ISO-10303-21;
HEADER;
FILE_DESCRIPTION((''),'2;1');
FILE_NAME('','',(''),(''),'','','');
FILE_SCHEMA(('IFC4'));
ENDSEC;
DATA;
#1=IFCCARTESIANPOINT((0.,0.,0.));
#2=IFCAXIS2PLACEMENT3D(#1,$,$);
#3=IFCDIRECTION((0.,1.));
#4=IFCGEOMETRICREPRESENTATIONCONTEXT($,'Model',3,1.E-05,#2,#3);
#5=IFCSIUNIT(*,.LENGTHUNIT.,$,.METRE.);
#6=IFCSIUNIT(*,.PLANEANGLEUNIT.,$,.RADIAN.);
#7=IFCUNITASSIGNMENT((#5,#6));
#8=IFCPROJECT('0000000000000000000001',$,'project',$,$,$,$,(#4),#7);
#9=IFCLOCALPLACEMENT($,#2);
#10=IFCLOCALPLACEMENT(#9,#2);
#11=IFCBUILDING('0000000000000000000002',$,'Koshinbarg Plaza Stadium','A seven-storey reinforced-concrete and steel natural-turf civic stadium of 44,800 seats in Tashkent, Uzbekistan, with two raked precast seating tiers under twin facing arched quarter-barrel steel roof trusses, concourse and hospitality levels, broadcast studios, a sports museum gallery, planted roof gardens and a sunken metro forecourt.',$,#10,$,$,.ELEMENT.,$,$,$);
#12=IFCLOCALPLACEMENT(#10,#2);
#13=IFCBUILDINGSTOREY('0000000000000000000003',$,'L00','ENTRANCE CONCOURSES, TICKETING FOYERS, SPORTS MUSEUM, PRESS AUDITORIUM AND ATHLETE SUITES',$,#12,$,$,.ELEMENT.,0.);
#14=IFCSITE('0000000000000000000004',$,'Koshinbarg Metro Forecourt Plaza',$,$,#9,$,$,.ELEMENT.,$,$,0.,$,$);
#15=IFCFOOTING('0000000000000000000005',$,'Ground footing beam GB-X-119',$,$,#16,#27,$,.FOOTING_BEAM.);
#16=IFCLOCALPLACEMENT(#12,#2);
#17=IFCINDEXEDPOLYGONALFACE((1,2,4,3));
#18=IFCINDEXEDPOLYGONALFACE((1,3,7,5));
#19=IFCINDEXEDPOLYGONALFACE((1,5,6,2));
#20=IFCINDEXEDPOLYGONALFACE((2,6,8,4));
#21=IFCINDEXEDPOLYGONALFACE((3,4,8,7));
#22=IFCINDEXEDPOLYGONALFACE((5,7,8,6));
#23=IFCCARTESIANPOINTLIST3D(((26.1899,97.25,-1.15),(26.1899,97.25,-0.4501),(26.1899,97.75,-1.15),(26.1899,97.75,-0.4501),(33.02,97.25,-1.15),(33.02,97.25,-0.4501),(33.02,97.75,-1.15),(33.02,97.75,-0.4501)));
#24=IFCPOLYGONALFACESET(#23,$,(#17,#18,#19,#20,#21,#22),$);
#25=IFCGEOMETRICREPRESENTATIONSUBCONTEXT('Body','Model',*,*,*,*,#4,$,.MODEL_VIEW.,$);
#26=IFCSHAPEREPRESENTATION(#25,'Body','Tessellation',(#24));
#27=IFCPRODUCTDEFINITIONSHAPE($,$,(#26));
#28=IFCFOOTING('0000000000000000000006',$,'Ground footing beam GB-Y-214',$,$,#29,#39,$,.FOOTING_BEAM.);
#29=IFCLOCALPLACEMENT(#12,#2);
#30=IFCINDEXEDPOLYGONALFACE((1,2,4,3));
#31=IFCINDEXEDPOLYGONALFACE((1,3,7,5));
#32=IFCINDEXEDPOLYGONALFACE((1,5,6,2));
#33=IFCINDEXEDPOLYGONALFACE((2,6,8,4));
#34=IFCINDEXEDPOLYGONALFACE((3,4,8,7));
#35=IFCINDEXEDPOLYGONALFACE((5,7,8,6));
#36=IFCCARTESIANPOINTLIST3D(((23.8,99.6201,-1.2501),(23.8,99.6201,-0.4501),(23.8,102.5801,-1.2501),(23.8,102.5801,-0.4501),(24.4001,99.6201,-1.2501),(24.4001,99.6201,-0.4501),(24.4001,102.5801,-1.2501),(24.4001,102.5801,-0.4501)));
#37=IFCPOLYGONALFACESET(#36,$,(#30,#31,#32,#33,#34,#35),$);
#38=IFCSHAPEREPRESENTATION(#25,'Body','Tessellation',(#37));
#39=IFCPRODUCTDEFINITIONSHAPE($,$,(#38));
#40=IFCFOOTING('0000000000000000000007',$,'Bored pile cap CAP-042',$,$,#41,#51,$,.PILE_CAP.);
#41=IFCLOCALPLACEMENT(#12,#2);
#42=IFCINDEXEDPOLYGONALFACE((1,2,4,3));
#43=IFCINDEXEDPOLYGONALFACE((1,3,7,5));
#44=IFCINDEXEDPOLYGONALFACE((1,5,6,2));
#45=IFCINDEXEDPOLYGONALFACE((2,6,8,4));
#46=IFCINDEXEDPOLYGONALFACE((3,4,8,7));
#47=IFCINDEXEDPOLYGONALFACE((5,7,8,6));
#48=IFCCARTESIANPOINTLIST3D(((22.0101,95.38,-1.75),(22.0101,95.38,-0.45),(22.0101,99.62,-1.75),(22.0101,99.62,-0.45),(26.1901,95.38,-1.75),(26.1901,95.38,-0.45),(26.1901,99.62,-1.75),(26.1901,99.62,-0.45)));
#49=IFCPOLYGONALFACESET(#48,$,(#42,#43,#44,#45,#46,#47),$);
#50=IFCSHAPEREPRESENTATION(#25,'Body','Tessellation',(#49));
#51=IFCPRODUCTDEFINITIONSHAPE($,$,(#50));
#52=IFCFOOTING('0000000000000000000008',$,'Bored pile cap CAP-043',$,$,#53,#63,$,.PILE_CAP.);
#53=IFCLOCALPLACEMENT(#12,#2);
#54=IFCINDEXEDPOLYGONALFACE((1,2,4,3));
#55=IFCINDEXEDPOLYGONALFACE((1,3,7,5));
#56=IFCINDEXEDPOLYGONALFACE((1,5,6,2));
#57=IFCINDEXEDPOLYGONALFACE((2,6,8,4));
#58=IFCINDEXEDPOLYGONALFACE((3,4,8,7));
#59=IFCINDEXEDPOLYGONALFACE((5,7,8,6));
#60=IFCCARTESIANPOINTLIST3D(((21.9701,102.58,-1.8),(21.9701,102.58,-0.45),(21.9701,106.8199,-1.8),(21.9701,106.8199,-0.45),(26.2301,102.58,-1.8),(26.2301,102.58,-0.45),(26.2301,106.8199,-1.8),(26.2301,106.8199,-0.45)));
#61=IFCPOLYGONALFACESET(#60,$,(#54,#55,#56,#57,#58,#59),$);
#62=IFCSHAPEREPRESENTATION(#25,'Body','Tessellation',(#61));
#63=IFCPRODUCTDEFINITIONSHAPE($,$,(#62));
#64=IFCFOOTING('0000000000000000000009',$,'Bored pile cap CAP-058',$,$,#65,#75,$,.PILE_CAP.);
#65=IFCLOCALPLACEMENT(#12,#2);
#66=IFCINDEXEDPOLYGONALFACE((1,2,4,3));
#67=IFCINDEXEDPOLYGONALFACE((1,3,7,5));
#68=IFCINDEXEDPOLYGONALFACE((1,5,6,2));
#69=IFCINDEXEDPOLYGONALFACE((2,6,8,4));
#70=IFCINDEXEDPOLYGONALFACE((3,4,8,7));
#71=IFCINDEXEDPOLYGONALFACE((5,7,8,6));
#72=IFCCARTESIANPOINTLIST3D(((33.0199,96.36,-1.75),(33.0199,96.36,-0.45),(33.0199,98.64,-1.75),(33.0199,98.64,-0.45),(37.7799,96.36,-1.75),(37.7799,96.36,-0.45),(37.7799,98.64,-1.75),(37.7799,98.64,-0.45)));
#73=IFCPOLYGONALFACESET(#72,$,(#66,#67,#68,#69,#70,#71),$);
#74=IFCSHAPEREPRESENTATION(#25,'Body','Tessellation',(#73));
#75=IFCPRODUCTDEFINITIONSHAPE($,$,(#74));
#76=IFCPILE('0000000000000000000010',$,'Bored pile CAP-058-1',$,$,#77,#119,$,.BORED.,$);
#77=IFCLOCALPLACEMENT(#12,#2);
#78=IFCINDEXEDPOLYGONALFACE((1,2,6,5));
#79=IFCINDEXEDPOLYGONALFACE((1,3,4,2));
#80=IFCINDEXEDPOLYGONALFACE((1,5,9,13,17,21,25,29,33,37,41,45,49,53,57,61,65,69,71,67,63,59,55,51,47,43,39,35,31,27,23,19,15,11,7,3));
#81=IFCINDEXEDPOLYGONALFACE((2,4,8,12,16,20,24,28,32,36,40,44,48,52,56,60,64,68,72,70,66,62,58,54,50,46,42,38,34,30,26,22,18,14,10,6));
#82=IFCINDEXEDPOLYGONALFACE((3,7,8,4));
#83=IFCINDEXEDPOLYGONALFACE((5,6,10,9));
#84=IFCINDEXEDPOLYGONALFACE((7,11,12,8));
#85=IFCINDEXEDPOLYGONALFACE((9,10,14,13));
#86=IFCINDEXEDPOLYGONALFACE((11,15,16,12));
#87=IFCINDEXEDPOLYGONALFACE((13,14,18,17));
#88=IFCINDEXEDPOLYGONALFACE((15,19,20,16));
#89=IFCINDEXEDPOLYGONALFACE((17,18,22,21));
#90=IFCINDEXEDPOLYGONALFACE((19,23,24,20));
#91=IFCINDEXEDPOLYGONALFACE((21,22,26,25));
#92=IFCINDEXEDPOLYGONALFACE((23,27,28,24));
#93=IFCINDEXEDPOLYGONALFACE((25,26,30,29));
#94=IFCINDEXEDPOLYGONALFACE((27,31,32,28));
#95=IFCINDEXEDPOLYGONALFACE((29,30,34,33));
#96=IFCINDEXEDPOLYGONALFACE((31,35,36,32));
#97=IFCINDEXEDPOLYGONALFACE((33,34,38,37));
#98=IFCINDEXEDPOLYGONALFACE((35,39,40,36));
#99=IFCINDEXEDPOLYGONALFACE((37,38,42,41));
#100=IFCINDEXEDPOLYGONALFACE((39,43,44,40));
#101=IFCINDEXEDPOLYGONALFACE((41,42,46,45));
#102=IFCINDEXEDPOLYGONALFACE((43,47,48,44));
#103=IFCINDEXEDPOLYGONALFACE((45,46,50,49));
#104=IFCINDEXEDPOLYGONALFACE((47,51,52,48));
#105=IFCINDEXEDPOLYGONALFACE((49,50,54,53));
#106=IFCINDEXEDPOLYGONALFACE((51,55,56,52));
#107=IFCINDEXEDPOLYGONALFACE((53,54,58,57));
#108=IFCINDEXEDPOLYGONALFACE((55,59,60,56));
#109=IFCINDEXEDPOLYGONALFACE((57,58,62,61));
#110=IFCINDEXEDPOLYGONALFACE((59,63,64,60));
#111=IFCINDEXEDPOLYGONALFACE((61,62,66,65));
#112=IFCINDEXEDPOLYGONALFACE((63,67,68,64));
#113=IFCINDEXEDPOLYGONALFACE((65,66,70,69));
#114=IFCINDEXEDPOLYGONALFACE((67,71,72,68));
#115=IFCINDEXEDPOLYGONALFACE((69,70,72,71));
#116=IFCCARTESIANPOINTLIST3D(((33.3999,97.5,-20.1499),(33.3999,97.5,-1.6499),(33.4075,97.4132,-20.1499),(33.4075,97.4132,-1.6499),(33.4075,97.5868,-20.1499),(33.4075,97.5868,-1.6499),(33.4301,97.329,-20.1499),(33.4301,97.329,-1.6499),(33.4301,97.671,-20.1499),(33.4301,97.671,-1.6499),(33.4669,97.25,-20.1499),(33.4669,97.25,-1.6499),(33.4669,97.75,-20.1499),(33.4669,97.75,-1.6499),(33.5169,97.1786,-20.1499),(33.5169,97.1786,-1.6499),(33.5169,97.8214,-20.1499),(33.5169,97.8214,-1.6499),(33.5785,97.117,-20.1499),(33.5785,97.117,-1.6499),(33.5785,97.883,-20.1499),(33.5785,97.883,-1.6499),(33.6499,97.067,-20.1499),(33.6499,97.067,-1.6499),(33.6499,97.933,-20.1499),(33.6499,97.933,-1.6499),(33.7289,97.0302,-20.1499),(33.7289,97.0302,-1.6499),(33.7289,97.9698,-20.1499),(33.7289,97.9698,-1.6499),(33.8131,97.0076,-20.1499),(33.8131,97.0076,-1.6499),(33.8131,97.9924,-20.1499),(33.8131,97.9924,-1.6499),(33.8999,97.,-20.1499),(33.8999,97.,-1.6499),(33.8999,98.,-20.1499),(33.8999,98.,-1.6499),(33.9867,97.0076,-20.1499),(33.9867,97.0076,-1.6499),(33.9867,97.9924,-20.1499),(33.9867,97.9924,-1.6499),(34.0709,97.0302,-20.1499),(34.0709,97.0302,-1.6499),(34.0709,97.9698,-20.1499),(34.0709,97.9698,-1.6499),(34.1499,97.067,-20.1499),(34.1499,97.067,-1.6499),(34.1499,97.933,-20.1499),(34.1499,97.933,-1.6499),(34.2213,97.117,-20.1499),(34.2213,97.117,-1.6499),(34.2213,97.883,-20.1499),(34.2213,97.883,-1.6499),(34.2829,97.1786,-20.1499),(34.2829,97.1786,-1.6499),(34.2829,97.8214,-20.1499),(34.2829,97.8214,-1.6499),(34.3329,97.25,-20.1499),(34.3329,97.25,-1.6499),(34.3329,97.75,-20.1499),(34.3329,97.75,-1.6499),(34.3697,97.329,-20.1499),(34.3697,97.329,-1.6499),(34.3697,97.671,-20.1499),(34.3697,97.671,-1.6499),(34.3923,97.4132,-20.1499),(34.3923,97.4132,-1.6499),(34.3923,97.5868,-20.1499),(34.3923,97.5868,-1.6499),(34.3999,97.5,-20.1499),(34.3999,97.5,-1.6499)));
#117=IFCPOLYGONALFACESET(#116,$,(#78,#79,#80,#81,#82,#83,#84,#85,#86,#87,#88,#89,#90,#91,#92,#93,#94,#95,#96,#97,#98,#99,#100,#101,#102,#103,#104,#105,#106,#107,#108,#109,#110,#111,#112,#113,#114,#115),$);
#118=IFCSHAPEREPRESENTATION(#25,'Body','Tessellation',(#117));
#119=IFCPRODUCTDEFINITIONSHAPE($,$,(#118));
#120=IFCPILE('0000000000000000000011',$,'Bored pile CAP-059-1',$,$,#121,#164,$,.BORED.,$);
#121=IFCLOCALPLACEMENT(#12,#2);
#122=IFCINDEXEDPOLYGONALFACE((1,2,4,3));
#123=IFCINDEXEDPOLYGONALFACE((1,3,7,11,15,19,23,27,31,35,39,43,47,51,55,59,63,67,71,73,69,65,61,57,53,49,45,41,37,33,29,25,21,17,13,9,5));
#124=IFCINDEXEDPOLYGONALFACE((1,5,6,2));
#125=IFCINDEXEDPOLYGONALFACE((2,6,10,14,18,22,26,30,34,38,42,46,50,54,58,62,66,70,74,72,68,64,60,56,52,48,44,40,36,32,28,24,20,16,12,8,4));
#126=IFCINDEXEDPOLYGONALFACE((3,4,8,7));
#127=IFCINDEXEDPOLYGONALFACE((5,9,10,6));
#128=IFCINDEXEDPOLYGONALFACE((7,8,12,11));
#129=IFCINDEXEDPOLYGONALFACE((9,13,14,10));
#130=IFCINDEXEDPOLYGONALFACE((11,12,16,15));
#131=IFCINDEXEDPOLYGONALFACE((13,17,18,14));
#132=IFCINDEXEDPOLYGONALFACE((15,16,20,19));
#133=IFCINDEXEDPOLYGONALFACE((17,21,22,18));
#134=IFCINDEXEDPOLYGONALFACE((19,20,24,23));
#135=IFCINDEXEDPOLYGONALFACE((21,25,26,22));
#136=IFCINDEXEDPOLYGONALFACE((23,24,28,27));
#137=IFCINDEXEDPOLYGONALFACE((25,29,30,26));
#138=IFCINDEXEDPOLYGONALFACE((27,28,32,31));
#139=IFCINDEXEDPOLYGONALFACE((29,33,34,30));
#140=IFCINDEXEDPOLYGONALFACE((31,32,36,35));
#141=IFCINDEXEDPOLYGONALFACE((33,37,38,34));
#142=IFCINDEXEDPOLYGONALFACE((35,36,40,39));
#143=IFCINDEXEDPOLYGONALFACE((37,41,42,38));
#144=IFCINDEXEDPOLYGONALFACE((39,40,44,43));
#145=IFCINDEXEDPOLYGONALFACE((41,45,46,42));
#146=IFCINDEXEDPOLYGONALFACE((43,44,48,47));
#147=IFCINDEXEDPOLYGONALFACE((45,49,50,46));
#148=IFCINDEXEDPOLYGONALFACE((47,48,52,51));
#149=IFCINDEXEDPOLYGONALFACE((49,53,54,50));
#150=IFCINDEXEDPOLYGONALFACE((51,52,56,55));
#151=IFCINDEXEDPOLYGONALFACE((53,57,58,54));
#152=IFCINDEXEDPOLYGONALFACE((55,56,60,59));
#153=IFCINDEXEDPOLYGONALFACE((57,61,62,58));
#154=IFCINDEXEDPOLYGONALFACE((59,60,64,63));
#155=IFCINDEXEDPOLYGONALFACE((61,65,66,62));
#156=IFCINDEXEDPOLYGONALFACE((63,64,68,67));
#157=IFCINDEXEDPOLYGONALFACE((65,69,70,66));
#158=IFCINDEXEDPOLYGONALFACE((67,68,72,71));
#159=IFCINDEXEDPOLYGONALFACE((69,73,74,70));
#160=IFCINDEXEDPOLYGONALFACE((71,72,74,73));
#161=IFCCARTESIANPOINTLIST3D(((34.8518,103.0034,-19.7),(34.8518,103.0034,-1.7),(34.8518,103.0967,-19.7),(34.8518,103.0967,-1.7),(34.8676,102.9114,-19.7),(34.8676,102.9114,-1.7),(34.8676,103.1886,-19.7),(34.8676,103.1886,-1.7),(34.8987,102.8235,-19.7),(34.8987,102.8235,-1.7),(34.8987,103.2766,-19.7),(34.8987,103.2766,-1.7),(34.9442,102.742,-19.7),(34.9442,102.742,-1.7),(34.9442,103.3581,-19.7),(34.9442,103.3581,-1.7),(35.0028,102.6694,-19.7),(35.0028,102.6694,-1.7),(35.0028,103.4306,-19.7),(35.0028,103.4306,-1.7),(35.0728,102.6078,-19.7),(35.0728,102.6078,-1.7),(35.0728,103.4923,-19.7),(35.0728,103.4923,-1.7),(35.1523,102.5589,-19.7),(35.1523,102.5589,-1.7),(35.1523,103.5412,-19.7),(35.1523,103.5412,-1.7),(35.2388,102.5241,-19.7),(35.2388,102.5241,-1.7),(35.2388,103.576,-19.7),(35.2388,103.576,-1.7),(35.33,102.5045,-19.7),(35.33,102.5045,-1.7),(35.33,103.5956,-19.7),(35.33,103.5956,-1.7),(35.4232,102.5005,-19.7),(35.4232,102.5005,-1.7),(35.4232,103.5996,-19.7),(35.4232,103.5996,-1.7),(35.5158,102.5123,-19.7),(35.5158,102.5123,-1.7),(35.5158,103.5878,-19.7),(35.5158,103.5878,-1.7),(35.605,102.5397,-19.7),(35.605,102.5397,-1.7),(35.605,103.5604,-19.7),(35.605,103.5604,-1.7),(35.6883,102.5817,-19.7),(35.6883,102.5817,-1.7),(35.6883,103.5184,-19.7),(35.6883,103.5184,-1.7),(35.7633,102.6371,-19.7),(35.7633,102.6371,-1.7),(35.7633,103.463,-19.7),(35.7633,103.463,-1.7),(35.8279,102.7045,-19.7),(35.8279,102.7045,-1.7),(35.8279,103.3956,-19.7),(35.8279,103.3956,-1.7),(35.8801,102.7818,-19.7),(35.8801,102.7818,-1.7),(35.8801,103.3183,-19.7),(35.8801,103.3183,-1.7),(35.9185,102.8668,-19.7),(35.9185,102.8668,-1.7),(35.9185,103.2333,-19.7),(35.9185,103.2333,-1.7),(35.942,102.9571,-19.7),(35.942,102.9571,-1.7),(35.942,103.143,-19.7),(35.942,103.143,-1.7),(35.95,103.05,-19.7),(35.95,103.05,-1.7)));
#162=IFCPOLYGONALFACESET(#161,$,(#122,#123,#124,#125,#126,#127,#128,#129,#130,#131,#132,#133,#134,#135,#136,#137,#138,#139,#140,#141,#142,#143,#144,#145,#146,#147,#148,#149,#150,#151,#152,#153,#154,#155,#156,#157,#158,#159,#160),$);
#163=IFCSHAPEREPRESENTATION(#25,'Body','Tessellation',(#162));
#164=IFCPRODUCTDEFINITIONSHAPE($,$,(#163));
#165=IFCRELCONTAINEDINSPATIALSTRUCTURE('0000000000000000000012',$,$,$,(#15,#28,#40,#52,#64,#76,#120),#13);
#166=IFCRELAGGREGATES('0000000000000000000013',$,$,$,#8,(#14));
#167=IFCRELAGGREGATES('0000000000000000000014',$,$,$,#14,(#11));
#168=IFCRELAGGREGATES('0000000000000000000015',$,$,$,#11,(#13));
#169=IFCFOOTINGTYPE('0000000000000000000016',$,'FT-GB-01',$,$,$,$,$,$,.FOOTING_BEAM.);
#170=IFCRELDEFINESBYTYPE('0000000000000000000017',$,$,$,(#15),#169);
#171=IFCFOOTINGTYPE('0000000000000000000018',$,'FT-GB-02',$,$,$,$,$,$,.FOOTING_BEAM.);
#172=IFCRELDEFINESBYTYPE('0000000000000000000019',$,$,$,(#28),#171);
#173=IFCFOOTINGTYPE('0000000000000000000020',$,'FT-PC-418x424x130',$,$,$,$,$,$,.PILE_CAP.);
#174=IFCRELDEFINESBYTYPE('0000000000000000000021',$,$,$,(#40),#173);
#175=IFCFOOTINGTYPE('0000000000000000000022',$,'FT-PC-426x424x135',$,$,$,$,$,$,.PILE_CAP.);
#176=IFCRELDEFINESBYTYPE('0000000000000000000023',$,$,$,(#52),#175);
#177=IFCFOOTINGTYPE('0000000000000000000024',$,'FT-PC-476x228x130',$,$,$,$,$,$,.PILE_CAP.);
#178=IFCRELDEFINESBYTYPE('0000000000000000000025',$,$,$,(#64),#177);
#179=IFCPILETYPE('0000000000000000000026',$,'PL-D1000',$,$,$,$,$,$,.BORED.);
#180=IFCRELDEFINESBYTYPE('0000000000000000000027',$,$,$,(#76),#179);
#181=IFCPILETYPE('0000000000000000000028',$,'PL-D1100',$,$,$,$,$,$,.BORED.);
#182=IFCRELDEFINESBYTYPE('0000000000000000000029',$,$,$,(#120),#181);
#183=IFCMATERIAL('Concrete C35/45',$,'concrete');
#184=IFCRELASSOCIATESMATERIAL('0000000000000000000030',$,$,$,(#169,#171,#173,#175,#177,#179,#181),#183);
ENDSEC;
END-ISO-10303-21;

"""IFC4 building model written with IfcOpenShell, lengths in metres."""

from ifc_helpers import new_model, si_unit, direction, frame, origin, origin_2d, place, context, subcontext, project, spatial, rectangle, circle, extrude, material, material_profile, profile_set, type_object, element, save


model = new_model("IFC4")

# Units and contexts
model_context = context("Model", 3, precision=1e-05, world=origin(), true_north=direction((0.0, 1.0)))
body_context = subcontext(model_context, "Body", "Model", "MODEL_VIEW")
ifc_project = project(units=[si_unit("LENGTHUNIT", "METRE"), si_unit("PLANEANGLEUNIT", "RADIAN")], contexts=[model_context])

# Site, building, storey
site_placement = place(None, origin())
site = spatial("IfcSite", under=ifc_project, at=site_placement, Name="Koshinbarg Metro Forecourt Plaza", CompositionType="ELEMENT", RefElevation=0.0)
building_placement = place(site_placement, origin())
building = spatial("IfcBuilding", under=site, at=building_placement, Name="Koshinbarg Plaza Stadium", Description="A seven-storey reinforced-concrete and steel natural-turf civic stadium of 44,800 seats in Tashkent, Uzbekistan, with two raked precast seating tiers under twin facing arched quarter-barrel steel roof trusses, concourse and hospitality levels, broadcast studios, a sports museum gallery, planted roof gardens and a sunken metro forecourt.", CompositionType="ELEMENT")
storey_placement = place(building_placement, origin())
storey = spatial("IfcBuildingStorey", under=building, at=storey_placement, Name="L00", Description="ENTRANCE CONCOURSES, TICKETING FOYERS, SPORTS MUSEUM, PRESS AUDITORIUM AND ATHLETE SUITES", CompositionType="ELEMENT", Elevation=0.0)

# Footings
ifc_material_1 = material(Name="Concrete C35/45", Category="concrete")
ifc_material_profile_1 = material_profile(ifc_material_1, rectangle(XDim=0.5, YDim=0.7, at=origin_2d()), Name="GB 500x700")
ifc_profile_set_1 = profile_set([ifc_material_profile_1], Name="Concrete C35/45")
footing_type_1 = type_object("IfcFootingType", Name="FT-GB-01", PredefinedType="FOOTING_BEAM", material=ifc_profile_set_1)
footing_1_placement = place(storey_placement, frame((26.1899, 97.5, -0.8), z_axis=(1.0, 0.0, 0.0), x_axis=(0.0, 1.0, 0.0)))
element("IfcFooting", 1, at=footing_1_placement, inside=storey, type_object=footing_type_1, Name="Ground footing beam GB-X-119", PredefinedType="FOOTING_BEAM", context=body_context, shape_type="SweptSolid", body=[
    extrude(rectangle(XDim=0.5, YDim=0.7, at=origin_2d()), origin(), (0.0, 0.0, 1.0), 6.8301),
])
ifc_material_profile_2 = material_profile(ifc_material_1, rectangle(XDim=0.6001, YDim=0.8, at=origin_2d()), Name="GB 600x800")
ifc_profile_set_2 = profile_set([ifc_material_profile_2], Name="Concrete C35/45")
footing_type_2 = type_object("IfcFootingType", Name="FT-GB-02", PredefinedType="FOOTING_BEAM", material=ifc_profile_set_2)
footing_2_placement = place(storey_placement, frame((24.1001, 99.6201, -0.8501), z_axis=(0.0, 1.0, 0.0), x_axis=(-1.0, 0.0, 0.0)))
element("IfcFooting", 2, at=footing_2_placement, inside=storey, type_object=footing_type_2, Name="Ground footing beam GB-Y-214", PredefinedType="FOOTING_BEAM", context=body_context, shape_type="SweptSolid", body=[
    extrude(rectangle(XDim=0.6001, YDim=0.8, at=origin_2d()), origin(), (0.0, 0.0, 1.0), 2.96),
])
footing_type_3 = type_object("IfcFootingType", Name="FT-PC-418x424x130", PredefinedType="PILE_CAP", material=ifc_material_1)
footing_3_placement = place(storey_placement, frame((24.1001, 97.5, -1.75), z_axis=(0.0, 0.0, 1.0), x_axis=(1.0, 0.0, 0.0)))
element("IfcFooting", 3, at=footing_3_placement, inside=storey, type_object=footing_type_3, Name="Bored pile cap CAP-042", PredefinedType="PILE_CAP", context=body_context, shape_type="SweptSolid", body=[
    extrude(rectangle(XDim=4.1799, YDim=4.24, at=origin_2d()), origin(), (0.0, 0.0, 1.0), 1.3),
])
footing_type_4 = type_object("IfcFootingType", Name="FT-PC-426x424x135", PredefinedType="PILE_CAP", material=ifc_material_1)
footing_4_placement = place(storey_placement, frame((24.1001, 104.7, -1.8), z_axis=(0.0, 0.0, 1.0), x_axis=(1.0, 0.0, 0.0)))
element("IfcFooting", 4, at=footing_4_placement, inside=storey, type_object=footing_type_4, Name="Bored pile cap CAP-043", PredefinedType="PILE_CAP", context=body_context, shape_type="SweptSolid", body=[
    extrude(rectangle(XDim=4.26, YDim=4.24, at=origin_2d()), origin(), (0.0, 0.0, 1.0), 1.3501),
])
footing_type_5 = type_object("IfcFootingType", Name="FT-PC-476x228x130", PredefinedType="PILE_CAP", material=ifc_material_1)
footing_5_placement = place(storey_placement, frame((35.3999, 97.5, -1.75), z_axis=(0.0, 0.0, 1.0), x_axis=(1.0, 0.0, 0.0)))
element("IfcFooting", 5, at=footing_5_placement, inside=storey, type_object=footing_type_5, Name="Bored pile cap CAP-058", PredefinedType="PILE_CAP", context=body_context, shape_type="SweptSolid", body=[
    extrude(rectangle(XDim=4.76, YDim=2.28, at=origin_2d()), origin(), (0.0, 0.0, 1.0), 1.3),
])

# Piles
ifc_material_profile_3 = material_profile(ifc_material_1, circle(Radius=0.5, at=origin_2d()), Name="PILE D1000")
ifc_profile_set_3 = profile_set([ifc_material_profile_3], Name="Concrete C35/45")
pile_type_1 = type_object("IfcPileType", Name="PL-D1000", PredefinedType="BORED", material=ifc_profile_set_3)
pile_1_placement = place(storey_placement, frame((33.8999, 97.5, -1.6499), z_axis=(0.0, 0.0, -1.0), x_axis=(1.0, 0.0, 0.0)))
element("IfcPile", 6, at=pile_1_placement, inside=storey, type_object=pile_type_1, Name="Bored pile CAP-058-1", PredefinedType="BORED", context=body_context, shape_type="SweptSolid", body=[
    extrude(circle(Radius=0.5, at=origin_2d()), origin(), (0.0, 0.0, 1.0), 18.5),
])
ifc_material_profile_4 = material_profile(ifc_material_1, circle(Radius=0.55, at=origin_2d()), Name="PILE D1100")
ifc_profile_set_4 = profile_set([ifc_material_profile_4], Name="Concrete C35/45")
pile_type_2 = type_object("IfcPileType", Name="PL-D1100", PredefinedType="BORED", material=ifc_profile_set_4)
pile_2_placement = place(storey_placement, frame((35.3999, 103.05, -1.7), z_axis=(0.0, 0.0, -1.0), x_axis=(1.0, 0.0, 0.0)))
element("IfcPile", 7, at=pile_2_placement, inside=storey, type_object=pile_type_2, Name="Bored pile CAP-059-1", PredefinedType="BORED", context=body_context, shape_type="SweptSolid", body=[
    extrude(circle(Radius=0.55, at=origin_2d()), origin(), (0.0, 0.0, 1.0), 18.0),
])

save(model, "model.ifc")
